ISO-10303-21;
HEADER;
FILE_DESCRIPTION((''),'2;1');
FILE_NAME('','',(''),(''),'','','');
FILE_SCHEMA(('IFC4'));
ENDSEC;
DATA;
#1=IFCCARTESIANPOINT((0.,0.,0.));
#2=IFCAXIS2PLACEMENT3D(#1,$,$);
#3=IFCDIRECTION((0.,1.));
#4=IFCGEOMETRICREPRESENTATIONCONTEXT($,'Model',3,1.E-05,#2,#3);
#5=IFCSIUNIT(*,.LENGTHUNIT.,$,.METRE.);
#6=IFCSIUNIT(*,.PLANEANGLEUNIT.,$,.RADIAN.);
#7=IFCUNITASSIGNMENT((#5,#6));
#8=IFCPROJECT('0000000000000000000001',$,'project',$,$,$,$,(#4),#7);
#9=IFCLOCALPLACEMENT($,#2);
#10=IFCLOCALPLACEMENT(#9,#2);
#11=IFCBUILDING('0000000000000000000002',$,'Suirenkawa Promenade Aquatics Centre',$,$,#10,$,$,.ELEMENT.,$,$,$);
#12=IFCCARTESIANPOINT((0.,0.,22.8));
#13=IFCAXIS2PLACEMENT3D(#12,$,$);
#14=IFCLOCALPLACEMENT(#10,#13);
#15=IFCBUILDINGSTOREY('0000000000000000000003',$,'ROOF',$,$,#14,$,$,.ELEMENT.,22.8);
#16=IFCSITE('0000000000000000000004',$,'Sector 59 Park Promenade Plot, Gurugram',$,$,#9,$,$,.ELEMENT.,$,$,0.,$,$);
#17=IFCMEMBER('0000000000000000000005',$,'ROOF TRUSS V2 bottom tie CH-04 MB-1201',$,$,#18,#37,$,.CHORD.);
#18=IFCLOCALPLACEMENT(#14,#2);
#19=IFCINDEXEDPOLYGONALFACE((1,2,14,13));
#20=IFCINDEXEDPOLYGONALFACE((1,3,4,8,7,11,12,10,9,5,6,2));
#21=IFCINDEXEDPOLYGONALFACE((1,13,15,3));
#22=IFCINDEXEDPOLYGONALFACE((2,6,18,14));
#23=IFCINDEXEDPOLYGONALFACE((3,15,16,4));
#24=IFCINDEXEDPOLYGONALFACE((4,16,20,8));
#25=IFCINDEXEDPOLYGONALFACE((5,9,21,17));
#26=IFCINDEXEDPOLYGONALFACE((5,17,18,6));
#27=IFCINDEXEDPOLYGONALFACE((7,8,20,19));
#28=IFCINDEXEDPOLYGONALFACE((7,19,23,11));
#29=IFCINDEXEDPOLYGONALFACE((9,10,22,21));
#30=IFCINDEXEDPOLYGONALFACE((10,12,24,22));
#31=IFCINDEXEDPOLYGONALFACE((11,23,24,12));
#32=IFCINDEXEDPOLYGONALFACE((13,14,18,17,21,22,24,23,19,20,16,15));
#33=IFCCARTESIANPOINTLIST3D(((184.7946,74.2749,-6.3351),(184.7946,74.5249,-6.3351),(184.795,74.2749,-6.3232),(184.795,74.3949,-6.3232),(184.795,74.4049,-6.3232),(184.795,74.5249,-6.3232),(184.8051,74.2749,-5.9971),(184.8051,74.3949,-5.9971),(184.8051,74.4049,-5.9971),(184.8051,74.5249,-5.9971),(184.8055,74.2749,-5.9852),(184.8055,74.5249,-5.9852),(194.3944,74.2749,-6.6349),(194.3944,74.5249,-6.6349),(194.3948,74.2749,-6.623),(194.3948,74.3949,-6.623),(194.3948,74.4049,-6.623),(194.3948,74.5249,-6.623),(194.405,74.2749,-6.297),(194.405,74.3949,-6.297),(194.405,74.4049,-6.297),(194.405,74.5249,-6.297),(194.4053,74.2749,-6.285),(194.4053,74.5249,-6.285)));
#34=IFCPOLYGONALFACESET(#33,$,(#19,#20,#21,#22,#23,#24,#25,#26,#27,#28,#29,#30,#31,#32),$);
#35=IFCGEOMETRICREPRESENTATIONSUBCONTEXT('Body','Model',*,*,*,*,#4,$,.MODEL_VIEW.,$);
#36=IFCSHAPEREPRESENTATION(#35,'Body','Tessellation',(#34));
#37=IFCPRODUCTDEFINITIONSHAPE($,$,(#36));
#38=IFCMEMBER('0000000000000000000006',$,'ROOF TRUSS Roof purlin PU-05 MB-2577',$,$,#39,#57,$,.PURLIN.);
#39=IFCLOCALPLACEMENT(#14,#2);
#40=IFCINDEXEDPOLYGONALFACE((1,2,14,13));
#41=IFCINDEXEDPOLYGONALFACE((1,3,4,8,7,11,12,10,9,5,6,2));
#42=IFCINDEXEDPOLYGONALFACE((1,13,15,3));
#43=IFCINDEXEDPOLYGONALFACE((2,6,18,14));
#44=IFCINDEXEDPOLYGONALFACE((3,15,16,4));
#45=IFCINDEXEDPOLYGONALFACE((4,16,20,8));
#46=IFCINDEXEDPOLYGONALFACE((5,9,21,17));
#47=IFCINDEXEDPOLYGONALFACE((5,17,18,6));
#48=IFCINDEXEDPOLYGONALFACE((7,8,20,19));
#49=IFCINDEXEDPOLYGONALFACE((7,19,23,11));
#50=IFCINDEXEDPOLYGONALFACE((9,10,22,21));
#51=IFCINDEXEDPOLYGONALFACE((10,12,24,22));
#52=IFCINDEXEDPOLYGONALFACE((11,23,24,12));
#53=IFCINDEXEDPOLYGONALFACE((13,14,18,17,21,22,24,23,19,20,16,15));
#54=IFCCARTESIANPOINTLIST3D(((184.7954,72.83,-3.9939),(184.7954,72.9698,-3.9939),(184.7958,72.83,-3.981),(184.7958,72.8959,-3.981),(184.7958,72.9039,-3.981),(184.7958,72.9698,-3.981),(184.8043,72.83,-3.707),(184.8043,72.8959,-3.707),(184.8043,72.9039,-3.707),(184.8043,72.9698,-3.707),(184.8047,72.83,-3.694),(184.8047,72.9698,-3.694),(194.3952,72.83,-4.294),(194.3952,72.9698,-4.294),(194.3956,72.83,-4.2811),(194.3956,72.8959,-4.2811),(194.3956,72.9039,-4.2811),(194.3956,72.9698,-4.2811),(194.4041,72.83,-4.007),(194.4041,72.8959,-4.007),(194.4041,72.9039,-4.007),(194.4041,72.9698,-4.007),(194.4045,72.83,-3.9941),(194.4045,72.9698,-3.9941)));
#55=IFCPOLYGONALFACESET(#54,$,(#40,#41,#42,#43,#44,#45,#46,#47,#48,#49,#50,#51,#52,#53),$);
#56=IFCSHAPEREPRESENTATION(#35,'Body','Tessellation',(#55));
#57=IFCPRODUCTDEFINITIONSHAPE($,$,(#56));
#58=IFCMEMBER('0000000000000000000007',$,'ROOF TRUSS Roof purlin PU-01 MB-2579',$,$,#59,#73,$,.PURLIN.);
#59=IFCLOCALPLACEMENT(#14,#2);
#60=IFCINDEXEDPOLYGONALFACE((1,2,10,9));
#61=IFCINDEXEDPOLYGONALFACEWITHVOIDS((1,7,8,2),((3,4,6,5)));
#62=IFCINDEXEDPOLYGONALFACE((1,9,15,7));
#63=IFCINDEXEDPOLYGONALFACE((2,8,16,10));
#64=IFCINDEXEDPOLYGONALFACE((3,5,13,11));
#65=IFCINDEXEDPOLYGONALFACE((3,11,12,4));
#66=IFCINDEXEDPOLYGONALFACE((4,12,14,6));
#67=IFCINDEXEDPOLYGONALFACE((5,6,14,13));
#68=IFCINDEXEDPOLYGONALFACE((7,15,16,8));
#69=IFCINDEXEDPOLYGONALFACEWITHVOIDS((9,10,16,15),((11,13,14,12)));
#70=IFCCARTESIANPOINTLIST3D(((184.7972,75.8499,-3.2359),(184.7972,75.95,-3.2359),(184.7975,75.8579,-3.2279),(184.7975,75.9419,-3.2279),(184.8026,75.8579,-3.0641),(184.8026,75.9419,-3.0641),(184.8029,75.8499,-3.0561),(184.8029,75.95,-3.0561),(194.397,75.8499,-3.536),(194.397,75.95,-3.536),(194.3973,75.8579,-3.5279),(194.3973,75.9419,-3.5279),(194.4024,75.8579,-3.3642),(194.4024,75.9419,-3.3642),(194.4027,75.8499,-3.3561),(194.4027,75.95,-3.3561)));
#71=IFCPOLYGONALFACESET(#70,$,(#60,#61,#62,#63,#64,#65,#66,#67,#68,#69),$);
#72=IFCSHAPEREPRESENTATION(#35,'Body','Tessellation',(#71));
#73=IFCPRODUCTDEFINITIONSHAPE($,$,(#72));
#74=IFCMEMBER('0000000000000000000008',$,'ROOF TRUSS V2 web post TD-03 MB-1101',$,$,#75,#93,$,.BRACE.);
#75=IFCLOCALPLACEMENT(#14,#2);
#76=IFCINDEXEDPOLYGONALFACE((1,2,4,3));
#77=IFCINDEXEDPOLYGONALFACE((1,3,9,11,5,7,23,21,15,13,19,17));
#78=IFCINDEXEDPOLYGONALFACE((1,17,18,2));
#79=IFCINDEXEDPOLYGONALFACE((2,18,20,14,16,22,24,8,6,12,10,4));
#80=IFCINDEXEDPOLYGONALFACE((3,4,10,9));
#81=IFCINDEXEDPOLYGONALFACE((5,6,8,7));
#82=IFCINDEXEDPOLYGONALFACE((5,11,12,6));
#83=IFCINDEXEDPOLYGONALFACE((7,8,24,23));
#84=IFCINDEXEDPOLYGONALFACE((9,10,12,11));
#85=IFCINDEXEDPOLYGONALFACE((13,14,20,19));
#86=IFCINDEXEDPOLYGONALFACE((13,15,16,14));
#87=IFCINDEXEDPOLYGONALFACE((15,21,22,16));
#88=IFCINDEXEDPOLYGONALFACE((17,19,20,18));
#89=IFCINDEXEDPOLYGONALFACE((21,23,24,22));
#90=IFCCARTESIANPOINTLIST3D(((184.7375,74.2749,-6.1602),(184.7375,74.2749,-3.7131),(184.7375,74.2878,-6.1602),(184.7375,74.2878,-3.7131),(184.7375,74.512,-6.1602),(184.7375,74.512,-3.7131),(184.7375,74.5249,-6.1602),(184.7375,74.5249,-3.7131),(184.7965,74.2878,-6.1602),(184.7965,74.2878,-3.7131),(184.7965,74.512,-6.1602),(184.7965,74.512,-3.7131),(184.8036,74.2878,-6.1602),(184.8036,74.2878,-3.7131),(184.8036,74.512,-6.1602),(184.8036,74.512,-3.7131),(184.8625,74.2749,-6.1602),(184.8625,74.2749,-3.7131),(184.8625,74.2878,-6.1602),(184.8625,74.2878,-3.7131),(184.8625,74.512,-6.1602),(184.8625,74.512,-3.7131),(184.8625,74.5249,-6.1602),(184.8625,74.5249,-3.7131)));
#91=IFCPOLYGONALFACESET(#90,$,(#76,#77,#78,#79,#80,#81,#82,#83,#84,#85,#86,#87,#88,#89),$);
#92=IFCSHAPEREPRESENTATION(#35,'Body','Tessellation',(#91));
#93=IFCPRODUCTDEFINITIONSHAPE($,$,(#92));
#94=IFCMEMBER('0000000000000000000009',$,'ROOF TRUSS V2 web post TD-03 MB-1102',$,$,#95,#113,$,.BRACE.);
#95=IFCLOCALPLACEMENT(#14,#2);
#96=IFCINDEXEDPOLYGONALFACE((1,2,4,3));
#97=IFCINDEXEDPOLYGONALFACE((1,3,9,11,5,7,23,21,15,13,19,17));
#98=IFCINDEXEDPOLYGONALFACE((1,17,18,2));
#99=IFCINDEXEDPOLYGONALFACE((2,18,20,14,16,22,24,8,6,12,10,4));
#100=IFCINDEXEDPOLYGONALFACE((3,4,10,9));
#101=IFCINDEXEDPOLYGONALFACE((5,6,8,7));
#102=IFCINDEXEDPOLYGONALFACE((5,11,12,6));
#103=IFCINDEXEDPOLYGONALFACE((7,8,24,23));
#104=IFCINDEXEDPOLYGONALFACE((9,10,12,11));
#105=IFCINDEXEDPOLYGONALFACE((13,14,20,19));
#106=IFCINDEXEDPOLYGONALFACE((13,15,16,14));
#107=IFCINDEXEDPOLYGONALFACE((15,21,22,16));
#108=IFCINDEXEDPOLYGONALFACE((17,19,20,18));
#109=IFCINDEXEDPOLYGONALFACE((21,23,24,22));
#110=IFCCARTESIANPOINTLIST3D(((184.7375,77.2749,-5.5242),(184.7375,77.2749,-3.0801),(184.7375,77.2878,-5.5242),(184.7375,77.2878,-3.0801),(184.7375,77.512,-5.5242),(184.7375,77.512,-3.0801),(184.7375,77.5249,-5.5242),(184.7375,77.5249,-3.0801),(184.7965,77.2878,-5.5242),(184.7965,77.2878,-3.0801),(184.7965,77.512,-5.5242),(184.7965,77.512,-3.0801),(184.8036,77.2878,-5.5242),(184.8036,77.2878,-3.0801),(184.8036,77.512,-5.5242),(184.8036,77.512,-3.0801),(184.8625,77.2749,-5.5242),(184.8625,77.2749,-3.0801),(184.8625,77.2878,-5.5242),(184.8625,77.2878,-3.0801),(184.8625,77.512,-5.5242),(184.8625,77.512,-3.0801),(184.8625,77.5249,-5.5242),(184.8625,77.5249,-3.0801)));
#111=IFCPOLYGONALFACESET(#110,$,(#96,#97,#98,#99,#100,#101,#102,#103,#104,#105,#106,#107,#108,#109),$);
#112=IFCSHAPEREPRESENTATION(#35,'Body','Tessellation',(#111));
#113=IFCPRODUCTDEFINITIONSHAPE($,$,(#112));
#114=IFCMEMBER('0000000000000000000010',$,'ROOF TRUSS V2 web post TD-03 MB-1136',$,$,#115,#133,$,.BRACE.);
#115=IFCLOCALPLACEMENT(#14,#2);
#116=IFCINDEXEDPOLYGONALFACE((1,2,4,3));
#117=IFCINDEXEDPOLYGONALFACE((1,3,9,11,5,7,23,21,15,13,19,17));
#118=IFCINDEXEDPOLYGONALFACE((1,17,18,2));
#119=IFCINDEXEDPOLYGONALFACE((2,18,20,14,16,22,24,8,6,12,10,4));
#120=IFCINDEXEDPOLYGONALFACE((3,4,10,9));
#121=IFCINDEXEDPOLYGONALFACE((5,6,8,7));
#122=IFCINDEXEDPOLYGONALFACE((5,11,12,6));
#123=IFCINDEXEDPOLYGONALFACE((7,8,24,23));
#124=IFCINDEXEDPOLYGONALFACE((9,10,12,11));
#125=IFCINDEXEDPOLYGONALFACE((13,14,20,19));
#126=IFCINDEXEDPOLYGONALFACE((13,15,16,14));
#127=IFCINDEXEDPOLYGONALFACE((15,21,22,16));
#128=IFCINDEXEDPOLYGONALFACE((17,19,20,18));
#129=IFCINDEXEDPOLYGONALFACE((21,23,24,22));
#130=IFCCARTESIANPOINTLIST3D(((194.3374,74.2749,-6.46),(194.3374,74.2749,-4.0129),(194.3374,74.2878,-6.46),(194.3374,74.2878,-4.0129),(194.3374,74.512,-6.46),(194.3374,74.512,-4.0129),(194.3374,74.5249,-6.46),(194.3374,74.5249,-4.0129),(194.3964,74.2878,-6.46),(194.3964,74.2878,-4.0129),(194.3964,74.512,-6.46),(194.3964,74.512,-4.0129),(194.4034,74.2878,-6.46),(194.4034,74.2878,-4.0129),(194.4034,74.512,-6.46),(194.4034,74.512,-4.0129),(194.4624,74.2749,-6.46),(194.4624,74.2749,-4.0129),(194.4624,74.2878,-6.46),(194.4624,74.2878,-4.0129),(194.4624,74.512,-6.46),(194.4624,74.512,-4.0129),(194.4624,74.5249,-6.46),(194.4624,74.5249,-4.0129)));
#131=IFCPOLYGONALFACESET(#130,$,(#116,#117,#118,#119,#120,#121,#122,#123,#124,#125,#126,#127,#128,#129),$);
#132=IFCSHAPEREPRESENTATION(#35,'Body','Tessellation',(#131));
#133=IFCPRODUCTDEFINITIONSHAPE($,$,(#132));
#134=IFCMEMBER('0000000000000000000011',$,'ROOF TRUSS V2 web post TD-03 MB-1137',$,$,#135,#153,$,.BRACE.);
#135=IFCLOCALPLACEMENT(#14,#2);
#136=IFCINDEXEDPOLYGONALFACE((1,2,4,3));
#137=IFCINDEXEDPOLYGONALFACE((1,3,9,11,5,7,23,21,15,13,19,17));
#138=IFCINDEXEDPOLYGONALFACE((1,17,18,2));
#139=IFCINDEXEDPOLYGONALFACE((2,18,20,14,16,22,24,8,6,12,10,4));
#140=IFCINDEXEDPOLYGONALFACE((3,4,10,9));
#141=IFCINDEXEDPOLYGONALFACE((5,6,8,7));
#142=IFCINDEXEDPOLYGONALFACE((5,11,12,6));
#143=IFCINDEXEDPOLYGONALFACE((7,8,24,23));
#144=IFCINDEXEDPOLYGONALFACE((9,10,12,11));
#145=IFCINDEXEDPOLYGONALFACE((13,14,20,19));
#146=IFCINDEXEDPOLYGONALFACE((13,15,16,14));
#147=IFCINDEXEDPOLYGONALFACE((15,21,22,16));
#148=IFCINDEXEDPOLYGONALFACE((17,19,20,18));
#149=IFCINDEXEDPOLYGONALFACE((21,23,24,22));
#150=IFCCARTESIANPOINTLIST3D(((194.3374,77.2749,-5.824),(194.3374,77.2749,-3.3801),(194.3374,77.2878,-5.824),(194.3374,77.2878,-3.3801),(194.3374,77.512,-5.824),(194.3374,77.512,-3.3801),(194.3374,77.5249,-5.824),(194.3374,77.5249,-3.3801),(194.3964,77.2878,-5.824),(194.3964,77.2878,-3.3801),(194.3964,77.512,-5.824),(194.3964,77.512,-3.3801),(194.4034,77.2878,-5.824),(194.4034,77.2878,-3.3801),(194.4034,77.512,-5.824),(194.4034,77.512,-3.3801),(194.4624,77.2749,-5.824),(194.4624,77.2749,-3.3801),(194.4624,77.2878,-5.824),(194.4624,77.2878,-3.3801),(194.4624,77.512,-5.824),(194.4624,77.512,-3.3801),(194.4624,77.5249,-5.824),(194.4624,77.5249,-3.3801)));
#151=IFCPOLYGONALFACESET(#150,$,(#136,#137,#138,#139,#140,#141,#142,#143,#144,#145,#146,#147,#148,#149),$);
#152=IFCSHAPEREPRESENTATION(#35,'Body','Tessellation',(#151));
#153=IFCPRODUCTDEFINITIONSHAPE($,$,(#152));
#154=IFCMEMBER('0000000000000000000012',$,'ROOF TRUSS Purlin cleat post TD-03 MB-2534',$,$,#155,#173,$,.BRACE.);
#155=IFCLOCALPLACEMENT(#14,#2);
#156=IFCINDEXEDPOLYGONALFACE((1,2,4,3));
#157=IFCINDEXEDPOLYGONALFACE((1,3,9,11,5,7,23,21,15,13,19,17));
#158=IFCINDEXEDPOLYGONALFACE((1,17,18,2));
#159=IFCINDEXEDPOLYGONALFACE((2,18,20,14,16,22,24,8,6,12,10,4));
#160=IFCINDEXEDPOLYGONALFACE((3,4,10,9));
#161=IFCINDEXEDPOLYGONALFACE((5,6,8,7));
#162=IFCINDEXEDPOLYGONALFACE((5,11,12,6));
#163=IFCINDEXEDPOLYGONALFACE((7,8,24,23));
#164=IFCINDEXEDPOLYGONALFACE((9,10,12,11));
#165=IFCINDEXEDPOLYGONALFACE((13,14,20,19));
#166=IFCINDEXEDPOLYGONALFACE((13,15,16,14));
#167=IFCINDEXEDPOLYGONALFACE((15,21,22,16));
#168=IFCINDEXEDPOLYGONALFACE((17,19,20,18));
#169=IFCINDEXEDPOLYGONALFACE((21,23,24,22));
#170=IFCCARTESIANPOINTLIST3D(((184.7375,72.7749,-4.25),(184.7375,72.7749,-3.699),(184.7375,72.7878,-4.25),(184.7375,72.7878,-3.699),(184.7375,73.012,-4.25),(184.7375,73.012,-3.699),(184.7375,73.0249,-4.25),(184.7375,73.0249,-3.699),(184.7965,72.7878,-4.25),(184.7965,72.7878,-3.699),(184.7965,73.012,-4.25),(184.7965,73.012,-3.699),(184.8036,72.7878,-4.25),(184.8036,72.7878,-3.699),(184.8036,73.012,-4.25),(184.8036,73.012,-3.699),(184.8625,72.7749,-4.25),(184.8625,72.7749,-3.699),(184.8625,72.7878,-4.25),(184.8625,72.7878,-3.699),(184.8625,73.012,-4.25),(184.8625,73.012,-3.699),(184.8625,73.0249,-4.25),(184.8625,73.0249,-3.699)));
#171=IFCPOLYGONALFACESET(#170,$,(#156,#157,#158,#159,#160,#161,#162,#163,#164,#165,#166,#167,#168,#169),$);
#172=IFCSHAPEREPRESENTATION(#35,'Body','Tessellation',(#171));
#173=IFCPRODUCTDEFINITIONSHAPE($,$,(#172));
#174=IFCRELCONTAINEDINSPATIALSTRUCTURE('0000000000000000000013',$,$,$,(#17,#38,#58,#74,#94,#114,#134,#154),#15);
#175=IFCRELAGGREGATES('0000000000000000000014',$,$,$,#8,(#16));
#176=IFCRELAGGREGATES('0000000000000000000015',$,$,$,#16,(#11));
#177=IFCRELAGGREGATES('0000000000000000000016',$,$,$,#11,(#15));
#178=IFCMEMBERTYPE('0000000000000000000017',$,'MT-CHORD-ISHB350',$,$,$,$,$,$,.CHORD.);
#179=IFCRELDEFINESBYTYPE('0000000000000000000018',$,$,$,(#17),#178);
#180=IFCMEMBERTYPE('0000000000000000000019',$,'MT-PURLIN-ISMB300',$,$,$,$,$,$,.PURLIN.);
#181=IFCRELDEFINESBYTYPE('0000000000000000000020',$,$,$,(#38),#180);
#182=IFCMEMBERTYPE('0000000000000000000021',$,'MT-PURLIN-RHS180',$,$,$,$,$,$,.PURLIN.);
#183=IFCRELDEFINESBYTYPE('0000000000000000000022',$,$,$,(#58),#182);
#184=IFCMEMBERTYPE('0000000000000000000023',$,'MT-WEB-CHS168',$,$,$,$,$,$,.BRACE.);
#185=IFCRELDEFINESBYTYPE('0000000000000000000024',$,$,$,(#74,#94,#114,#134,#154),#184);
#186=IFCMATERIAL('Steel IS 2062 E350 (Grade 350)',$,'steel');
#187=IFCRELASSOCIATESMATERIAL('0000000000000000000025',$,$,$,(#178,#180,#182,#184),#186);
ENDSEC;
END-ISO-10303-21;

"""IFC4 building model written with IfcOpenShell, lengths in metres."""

from ifc_helpers import new_model, si_unit, direction, frame, origin, origin_2d, place, context, subcontext, project, spatial, hollow_rectangle, i_section, extrude, material, material_profile, profile_set, type_object, element, save


model = new_model("IFC4")

# Units and contexts
model_context = context("Model", 3, precision=1e-05, world=origin(), true_north=direction((0.0, 1.0)))
body_context = subcontext(model_context, "Body", "Model", "MODEL_VIEW")
ifc_project = project(units=[si_unit("LENGTHUNIT", "METRE"), si_unit("PLANEANGLEUNIT", "RADIAN")], contexts=[model_context])

# Site, building, storey
site_placement = place(None, origin())
site = spatial("IfcSite", under=ifc_project, at=site_placement, Name="Sector 59 Park Promenade Plot, Gurugram", CompositionType="ELEMENT", RefElevation=0.0)
building_placement = place(site_placement, origin())
building = spatial("IfcBuilding", under=site, at=building_placement, Name="Suirenkawa Promenade Aquatics Centre", CompositionType="ELEMENT")
storey_placement = place(building_placement, frame((0.0, 0.0, 22.8)))
storey = spatial("IfcBuildingStorey", under=building, at=storey_placement, Name="ROOF", CompositionType="ELEMENT", Elevation=22.8)

# Shared definitions
ifc_material = material(Name="Steel IS 2062 E350 (Grade 350)", Category="steel")

# Members
ifc_material_profile_1 = material_profile(ifc_material, i_section(OverallWidth=0.25, OverallDepth=0.3501, WebThickness=0.01, FlangeThickness=0.012, at=origin_2d()), Name="ISHB 350", Category="steel")
ifc_profile_set_1 = profile_set([ifc_material_profile_1], Name="Steel IS 2062 E350 (Grade 350)")
member_type_1 = type_object("IfcMemberType", Name="MT-CHORD-ISHB350", PredefinedType="CHORD", material=ifc_profile_set_1)
member_1_placement = place(storey_placement, frame((184.8, 74.3999, -6.1602), z_axis=(0.999513, 0.0, -0.031215), x_axis=(0.0, 1.0, 0.0)))
element("IfcMember", 1, at=member_1_placement, inside=storey, type_object=member_type_1, Name="ROOF TRUSS V2 bottom tie CH-04 MB-1201", PredefinedType="CHORD", context=body_context, shape_type="SweptSolid", body=[
    extrude(i_section(OverallWidth=0.25, OverallDepth=0.3501, WebThickness=0.01, FlangeThickness=0.012, at=origin_2d()), origin(), (0.0, 0.0, 1.0), 9.6045),
])
ifc_material_profile_2 = material_profile(ifc_material, i_section(OverallWidth=0.1399, OverallDepth=0.3, WebThickness=0.0081, FlangeThickness=0.0129, at=origin_2d()), Name="ISMB 300", Category="steel")
ifc_profile_set_2 = profile_set([ifc_material_profile_2], Name="Steel IS 2062 E350 (Grade 350)")
member_type_2 = type_object("IfcMemberType", Name="MT-PURLIN-ISMB300", PredefinedType="PURLIN", material=ifc_profile_set_2)
member_2_placement = place(storey_placement, frame((184.8, 72.8999, -3.844), z_axis=(0.999512, 0.0, -0.03124), x_axis=(0.0, 1.0, 0.0)))
element("IfcMember", 2, at=member_2_placement, inside=storey, type_object=member_type_2, Name="ROOF TRUSS Roof purlin PU-05 MB-2577", PredefinedType="PURLIN", context=body_context, shape_type="SweptSolid", body=[
    extrude(i_section(OverallWidth=0.1399, OverallDepth=0.3, WebThickness=0.0081, FlangeThickness=0.0129, at=origin_2d()), origin(), (0.0, 0.0, 1.0), 9.6045),
])
ifc_material_profile_3 = material_profile(ifc_material, hollow_rectangle(XDim=0.1001, YDim=0.1799, WallThickness=0.0081, at=origin_2d()), Name="RHS 180x100x8", Category="steel")
ifc_profile_set_3 = profile_set([ifc_material_profile_3], Name="Steel IS 2062 E350 (Grade 350)")
member_type_3 = type_object("IfcMemberType", Name="MT-PURLIN-RHS180", PredefinedType="PURLIN", material=ifc_profile_set_3)
member_3_placement = place(storey_placement, frame((184.8, 75.8999, -3.146), z_axis=(0.999512, 0.0, -0.03124), x_axis=(0.0, 1.0, 0.0)))
element("IfcMember", 3, at=member_3_placement, inside=storey, type_object=member_type_3, Name="ROOF TRUSS Roof purlin PU-01 MB-2579", PredefinedType="PURLIN", context=body_context, shape_type="SweptSolid", body=[
    extrude(hollow_rectangle(XDim=0.1001, YDim=0.1799, WallThickness=0.0081, at=origin_2d()), origin(), (0.0, 0.0, 1.0), 9.6045),
])
ifc_material_profile_4 = material_profile(ifc_material, i_section(OverallWidth=0.125, OverallDepth=0.25, WebThickness=0.0071, FlangeThickness=0.0129, at=origin_2d()), Name="ISMB 250", Category="steel")
ifc_profile_set_4 = profile_set([ifc_material_profile_4], Name="Steel IS 2062 E350 (Grade 350)")
member_type_4 = type_object("IfcMemberType", Name="MT-WEB-CHS168", PredefinedType="BRACE", material=ifc_profile_set_4)
member_4_placement = place(storey_placement, frame((184.8, 74.3999, -6.1602), z_axis=(0.0, 0.0, 1.0), x_axis=(1.0, 0.0, 0.0)))
element("IfcMember", 4, at=member_4_placement, inside=storey, type_object=member_type_4, Name="ROOF TRUSS V2 web post TD-03 MB-1101", PredefinedType="BRACE", context=body_context, shape_type="SweptSolid", body=[
    extrude(i_section(OverallWidth=0.125, OverallDepth=0.25, WebThickness=0.0071, FlangeThickness=0.0129, at=origin_2d()), origin(), (0.0, 0.0, 1.0), 2.447),
])
member_5_placement = place(storey_placement, frame((184.8, 77.3999, -5.5242), z_axis=(0.0, 0.0, 1.0), x_axis=(1.0, 0.0, 0.0)))
element("IfcMember", 5, at=member_5_placement, inside=storey, type_object=member_type_4, Name="ROOF TRUSS V2 web post TD-03 MB-1102", PredefinedType="BRACE", context=body_context, shape_type="SweptSolid", body=[
    extrude(i_section(OverallWidth=0.125, OverallDepth=0.25, WebThickness=0.0071, FlangeThickness=0.0129, at=origin_2d()), origin(), (0.0, 0.0, 1.0), 2.4441),
])
member_6_placement = place(storey_placement, frame((194.3999, 74.3999, -6.46), z_axis=(0.0, 0.0, 1.0), x_axis=(1.0, 0.0, 0.0)))
element("IfcMember", 6, at=member_6_placement, inside=storey, type_object=member_type_4, Name="ROOF TRUSS V2 web post TD-03 MB-1136", PredefinedType="BRACE", context=body_context, shape_type="SweptSolid", body=[
    extrude(i_section(OverallWidth=0.125, OverallDepth=0.25, WebThickness=0.0071, FlangeThickness=0.0129, at=origin_2d()), origin(), (0.0, 0.0, 1.0), 2.447),
])
member_7_placement = place(storey_placement, frame((194.3999, 77.3999, -5.824), z_axis=(0.0, 0.0, 1.0), x_axis=(1.0, 0.0, 0.0)))
element("IfcMember", 7, at=member_7_placement, inside=storey, type_object=member_type_4, Name="ROOF TRUSS V2 web post TD-03 MB-1137", PredefinedType="BRACE", context=body_context, shape_type="SweptSolid", body=[
    extrude(i_section(OverallWidth=0.125, OverallDepth=0.25, WebThickness=0.0071, FlangeThickness=0.0129, at=origin_2d()), origin(), (0.0, 0.0, 1.0), 2.4438),
])
member_8_placement = place(storey_placement, frame((184.8, 72.8999, -4.25), z_axis=(0.0, 0.0, 1.0), x_axis=(1.0, 0.0, 0.0)))
element("IfcMember", 8, at=member_8_placement, inside=storey, type_object=member_type_4, Name="ROOF TRUSS Purlin cleat post TD-03 MB-2534", PredefinedType="BRACE", context=body_context, shape_type="SweptSolid", body=[
    extrude(i_section(OverallWidth=0.125, OverallDepth=0.25, WebThickness=0.0071, FlangeThickness=0.0129, at=origin_2d()), origin(), (0.0, 0.0, 1.0), 0.551),
])

save(model, "model.ifc")
